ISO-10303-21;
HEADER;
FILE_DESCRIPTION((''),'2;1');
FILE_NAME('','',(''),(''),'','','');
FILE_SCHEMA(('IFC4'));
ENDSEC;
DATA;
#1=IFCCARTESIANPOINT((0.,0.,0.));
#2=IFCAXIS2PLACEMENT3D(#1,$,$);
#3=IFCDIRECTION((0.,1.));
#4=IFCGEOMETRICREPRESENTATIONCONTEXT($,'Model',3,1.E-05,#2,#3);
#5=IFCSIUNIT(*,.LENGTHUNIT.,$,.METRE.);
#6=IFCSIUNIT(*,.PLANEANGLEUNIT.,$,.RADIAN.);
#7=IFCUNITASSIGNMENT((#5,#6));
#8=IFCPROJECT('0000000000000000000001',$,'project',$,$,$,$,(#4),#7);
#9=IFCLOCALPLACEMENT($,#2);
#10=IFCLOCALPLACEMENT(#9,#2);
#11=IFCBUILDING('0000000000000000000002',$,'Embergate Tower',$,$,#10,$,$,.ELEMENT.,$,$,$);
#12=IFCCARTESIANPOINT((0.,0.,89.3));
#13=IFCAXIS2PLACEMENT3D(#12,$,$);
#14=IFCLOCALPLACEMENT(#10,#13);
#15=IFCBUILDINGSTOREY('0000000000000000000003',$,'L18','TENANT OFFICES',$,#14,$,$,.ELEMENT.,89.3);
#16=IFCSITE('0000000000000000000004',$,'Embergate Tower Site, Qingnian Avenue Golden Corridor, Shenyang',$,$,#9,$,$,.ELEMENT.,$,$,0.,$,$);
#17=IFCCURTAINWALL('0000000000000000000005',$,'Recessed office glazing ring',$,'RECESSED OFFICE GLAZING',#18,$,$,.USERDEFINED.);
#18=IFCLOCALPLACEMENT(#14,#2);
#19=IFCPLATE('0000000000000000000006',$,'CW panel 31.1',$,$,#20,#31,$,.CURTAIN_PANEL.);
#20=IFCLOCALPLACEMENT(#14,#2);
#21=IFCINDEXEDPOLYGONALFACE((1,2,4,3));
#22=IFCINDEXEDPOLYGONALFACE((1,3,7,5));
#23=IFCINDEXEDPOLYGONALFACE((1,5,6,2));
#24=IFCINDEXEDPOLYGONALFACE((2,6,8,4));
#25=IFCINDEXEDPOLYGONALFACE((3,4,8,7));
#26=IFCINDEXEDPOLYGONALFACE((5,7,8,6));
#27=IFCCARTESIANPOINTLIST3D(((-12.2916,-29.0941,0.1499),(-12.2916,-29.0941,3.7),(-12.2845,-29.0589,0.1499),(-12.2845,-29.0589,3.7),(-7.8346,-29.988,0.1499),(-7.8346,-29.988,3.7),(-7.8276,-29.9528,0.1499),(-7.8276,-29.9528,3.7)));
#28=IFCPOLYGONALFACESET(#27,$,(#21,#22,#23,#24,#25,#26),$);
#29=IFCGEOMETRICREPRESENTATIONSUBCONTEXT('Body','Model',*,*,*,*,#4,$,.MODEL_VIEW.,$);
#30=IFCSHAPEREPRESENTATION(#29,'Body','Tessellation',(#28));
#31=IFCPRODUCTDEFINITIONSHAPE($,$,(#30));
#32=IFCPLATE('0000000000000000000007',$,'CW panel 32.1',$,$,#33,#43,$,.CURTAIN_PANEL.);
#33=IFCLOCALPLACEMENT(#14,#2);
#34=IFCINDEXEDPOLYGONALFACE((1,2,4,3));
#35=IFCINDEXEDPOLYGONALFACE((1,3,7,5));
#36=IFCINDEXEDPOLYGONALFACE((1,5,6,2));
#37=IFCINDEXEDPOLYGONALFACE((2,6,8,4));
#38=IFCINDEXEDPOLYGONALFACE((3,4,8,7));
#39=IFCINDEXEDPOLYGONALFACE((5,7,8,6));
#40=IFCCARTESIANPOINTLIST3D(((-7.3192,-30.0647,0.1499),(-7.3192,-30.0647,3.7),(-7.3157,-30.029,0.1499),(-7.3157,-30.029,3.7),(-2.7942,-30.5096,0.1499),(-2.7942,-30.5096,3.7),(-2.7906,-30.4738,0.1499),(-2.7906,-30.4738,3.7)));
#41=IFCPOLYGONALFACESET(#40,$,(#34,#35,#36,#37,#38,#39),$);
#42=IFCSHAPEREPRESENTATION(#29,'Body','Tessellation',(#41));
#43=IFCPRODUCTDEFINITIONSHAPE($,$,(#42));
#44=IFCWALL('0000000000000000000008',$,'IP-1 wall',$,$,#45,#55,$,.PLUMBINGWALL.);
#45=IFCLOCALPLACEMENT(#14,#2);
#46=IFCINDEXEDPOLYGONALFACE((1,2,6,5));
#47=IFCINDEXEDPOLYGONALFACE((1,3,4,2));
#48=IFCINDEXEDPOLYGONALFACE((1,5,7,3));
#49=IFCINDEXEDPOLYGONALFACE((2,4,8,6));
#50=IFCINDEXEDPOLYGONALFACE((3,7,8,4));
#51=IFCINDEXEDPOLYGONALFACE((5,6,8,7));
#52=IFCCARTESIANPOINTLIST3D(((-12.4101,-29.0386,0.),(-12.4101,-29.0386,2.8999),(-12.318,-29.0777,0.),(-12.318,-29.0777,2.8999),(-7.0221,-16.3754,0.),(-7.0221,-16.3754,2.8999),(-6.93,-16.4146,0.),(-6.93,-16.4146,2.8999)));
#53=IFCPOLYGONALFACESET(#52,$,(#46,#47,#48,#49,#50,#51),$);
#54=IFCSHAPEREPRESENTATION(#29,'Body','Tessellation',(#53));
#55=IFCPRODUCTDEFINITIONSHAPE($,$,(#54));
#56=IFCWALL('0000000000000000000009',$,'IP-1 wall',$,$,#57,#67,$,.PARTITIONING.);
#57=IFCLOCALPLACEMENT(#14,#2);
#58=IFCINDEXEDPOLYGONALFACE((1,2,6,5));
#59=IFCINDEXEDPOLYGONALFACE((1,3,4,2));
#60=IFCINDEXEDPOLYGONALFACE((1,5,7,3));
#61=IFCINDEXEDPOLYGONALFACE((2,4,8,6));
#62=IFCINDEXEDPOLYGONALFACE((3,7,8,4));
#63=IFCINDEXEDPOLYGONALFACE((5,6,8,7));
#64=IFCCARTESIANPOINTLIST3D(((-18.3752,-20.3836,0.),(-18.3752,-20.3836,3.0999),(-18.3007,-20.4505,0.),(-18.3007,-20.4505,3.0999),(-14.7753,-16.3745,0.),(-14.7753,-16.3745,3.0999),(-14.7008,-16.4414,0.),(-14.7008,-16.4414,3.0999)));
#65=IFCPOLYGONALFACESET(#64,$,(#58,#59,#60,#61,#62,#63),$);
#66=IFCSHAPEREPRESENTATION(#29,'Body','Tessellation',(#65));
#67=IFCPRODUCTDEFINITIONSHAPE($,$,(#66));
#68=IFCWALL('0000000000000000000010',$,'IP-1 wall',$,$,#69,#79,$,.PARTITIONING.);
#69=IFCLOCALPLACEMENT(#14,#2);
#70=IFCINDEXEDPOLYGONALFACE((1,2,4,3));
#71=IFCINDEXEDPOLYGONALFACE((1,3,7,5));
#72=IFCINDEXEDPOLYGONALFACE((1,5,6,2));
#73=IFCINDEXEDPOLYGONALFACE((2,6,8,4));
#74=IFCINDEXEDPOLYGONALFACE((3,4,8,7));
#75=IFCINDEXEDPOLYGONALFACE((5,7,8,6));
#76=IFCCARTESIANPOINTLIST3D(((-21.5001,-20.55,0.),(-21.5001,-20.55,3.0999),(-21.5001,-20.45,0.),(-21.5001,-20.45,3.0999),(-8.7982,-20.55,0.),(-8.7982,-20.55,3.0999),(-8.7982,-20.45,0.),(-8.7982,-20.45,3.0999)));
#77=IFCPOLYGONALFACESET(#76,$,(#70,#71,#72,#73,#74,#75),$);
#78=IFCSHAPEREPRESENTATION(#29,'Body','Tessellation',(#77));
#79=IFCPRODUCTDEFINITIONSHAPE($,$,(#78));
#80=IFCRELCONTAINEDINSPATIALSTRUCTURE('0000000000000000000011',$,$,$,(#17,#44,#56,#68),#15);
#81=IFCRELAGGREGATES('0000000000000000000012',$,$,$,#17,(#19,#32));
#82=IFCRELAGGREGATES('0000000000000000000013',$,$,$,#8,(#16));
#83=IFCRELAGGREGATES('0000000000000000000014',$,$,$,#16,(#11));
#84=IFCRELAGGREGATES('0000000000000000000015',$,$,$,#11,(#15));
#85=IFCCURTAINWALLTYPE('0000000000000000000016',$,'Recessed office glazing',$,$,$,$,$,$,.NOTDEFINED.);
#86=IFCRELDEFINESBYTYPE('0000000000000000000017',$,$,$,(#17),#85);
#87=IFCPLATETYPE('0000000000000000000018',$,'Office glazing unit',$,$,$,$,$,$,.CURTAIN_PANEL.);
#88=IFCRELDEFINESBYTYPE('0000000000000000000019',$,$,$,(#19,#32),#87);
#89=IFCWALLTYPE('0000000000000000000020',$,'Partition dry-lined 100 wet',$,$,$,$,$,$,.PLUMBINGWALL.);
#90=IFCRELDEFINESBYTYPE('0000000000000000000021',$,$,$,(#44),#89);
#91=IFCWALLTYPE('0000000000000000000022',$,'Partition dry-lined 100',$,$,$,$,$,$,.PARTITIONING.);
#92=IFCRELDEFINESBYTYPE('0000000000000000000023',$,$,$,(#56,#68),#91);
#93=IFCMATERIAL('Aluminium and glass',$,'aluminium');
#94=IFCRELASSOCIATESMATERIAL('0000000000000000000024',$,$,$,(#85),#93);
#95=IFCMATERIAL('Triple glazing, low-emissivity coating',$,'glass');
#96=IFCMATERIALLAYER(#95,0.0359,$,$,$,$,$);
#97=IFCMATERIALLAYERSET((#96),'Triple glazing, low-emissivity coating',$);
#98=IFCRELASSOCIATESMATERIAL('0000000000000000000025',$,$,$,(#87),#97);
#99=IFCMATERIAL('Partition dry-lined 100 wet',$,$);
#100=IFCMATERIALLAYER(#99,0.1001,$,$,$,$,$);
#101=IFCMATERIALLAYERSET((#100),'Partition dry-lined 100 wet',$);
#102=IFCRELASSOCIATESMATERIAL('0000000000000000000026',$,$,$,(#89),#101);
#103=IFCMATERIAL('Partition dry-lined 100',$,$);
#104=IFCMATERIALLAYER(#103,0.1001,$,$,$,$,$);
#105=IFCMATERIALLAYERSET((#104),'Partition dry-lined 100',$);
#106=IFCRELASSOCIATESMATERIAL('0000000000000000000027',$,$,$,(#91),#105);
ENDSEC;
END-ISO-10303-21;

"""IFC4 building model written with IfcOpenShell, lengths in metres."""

from ifc_helpers import new_model, si_unit, direction, frame, frame_2d, origin, origin_2d, place, context, subcontext, project, spatial, rectangle, extrude, source, transform, mapped, material, layer, layer_set, type_object, element, aggregate, save


model = new_model("IFC4")

# Units and contexts
model_context = context("Model", 3, precision=1e-05, world=origin(), true_north=direction((0.0, 1.0)))
body_context = subcontext(model_context, "Body", "Model", "MODEL_VIEW")
ifc_project = project(units=[si_unit("LENGTHUNIT", "METRE"), si_unit("PLANEANGLEUNIT", "RADIAN")], contexts=[model_context])

# Site, building, storey
site_placement = place(None, origin())
site = spatial("IfcSite", under=ifc_project, at=site_placement, Name="Embergate Tower Site, Qingnian Avenue Golden Corridor, Shenyang", CompositionType="ELEMENT", RefElevation=0.0)
building_placement = place(site_placement, origin())
building = spatial("IfcBuilding", under=site, at=building_placement, Name="Embergate Tower", CompositionType="ELEMENT")
storey_placement = place(building_placement, frame((0.0, 0.0, 89.3)))
storey = spatial("IfcBuildingStorey", under=building, at=storey_placement, Name="L18", Description="TENANT OFFICES", CompositionType="ELEMENT", Elevation=89.3)

# Curtain wall
ifc_material_1 = material(Name="Aluminium and glass", Category="aluminium")
curtain_wall_type = type_object("IfcCurtainWallType", Name="Recessed office glazing", PredefinedType="NOTDEFINED", material=ifc_material_1)
curtain_wall_placement = place(storey_placement, origin())
curtain_wall = element("IfcCurtainWall", 1, at=curtain_wall_placement, inside=storey, type_object=curtain_wall_type, Name="Recessed office glazing ring", ObjectType="RECESSED OFFICE GLAZING", PredefinedType="USERDEFINED")

# Plates
ifc_material_2 = material(Name="Triple glazing, low-emissivity coating", Category="glass")
ifc_layer_1 = layer(ifc_material_2, 0.0359)
ifc_layer_set_1 = layer_set([ifc_layer_1], Name="Triple glazing, low-emissivity coating")
plate_type = type_object("IfcPlateType", Name="Office glazing unit", PredefinedType="CURTAIN_PANEL", material=ifc_layer_set_1)
shared_shape_1 = source(origin(), body_context, "Body", "SweptSolid", [
    extrude(rectangle(XDim=4.5457, YDim=0.0359, at=origin_2d()), origin(), (0.0, 0.0, 1.0), 3.55),
])
plate_1_placement = place(storey_placement, frame((-10.0596, -29.5234, 0.1499), z_axis=(0.0, 0.0, 1.0), x_axis=(0.980476, -0.196639, 0.0)))
plate_1 = element("IfcPlate", 2, at=plate_1_placement, type_object=plate_type, Name="CW panel 31.1", PredefinedType="CURTAIN_PANEL", context=body_context, shape_type="MappedRepresentation", body=[
    mapped(shared_shape_1, transform((0.0, 0.0, 0.0))),
])
shared_shape_2 = source(origin(), body_context, "Body", "SweptSolid", [
    extrude(rectangle(XDim=4.5469, YDim=0.0359, at=origin_2d()), origin(), (0.0, 0.0, 1.0), 3.55),
])
plate_2_placement = place(storey_placement, frame((-5.0549, -30.2693, 0.1499), z_axis=(0.0, 0.0, 1.0), x_axis=(0.995203, -0.09783, 0.0)))
plate_2 = element("IfcPlate", 3, at=plate_2_placement, type_object=plate_type, Name="CW panel 32.1", PredefinedType="CURTAIN_PANEL", context=body_context, shape_type="MappedRepresentation", body=[
    mapped(shared_shape_2, transform((0.0, 0.0, 0.0))),
])
aggregate(curtain_wall, [plate_1, plate_2])

# Walls
ifc_material_3 = material(Name="Partition dry-lined 100 wet")
ifc_layer_2 = layer(ifc_material_3, 0.1001)
ifc_layer_set_2 = layer_set([ifc_layer_2], Name="Partition dry-lined 100 wet")
wall_type_1 = type_object("IfcWallType", Name="Partition dry-lined 100 wet", PredefinedType="PLUMBINGWALL", material=ifc_layer_set_2)
shared_shape_3 = source(origin(), body_context, "Body", "SweptSolid", [
    extrude(rectangle(XDim=13.7617, YDim=0.1001, at=frame_2d((6.8809, 0.0))), origin(), (0.0, 0.0, 1.0), 2.8999),
])
wall_1_placement = place(storey_placement, frame((-6.9761, -16.395, 0.0), z_axis=(0.0, 0.0, 1.0), x_axis=(-0.391518, -0.920171, 0.0)))
element("IfcWall", 4, at=wall_1_placement, inside=storey, type_object=wall_type_1, Name="IP-1 wall", PredefinedType="PLUMBINGWALL", context=body_context, shape_type="MappedRepresentation", body=[
    mapped(shared_shape_3, transform((0.0, 0.0, 0.0))),
])
ifc_material_4 = material(Name="Partition dry-lined 100")
ifc_layer_3 = layer(ifc_material_4, 0.1001)
ifc_layer_set_3 = layer_set([ifc_layer_3], Name="Partition dry-lined 100")
wall_type_2 = type_object("IfcWallType", Name="Partition dry-lined 100", PredefinedType="PARTITIONING", material=ifc_layer_set_3)
shared_shape_4 = source(origin(), body_context, "Body", "SweptSolid", [
    extrude(rectangle(XDim=5.3882, YDim=0.1001, at=frame_2d((2.6941, 0.0))), origin(), (0.0, 0.0, 1.0), 3.0999),
])
wall_2_placement = place(storey_placement, frame((-14.738, -16.408, 0.0), z_axis=(0.0, 0.0, 1.0), x_axis=(-0.668116, -0.744057, 0.0)))
element("IfcWall", 5, at=wall_2_placement, inside=storey, type_object=wall_type_2, Name="IP-1 wall", PredefinedType="PARTITIONING", context=body_context, shape_type="MappedRepresentation", body=[
    mapped(shared_shape_4, transform((0.0, 0.0, 0.0))),
])
shared_shape_5 = source(origin(), body_context, "Body", "SweptSolid", [
    extrude(rectangle(XDim=12.7019, YDim=0.1001, at=frame_2d((6.3511, 0.0))), origin(), (0.0, 0.0, 1.0), 3.0999),
])
wall_3_placement = place(storey_placement, frame((-8.7981, -20.5, 0.0), z_axis=(0.0, 0.0, 1.0), x_axis=(-1.0, 0.0, 0.0)))
element("IfcWall", 6, at=wall_3_placement, inside=storey, type_object=wall_type_2, Name="IP-1 wall", PredefinedType="PARTITIONING", context=body_context, shape_type="MappedRepresentation", body=[
    mapped(shared_shape_5, transform((0.0, 0.0, 0.0))),
])

save(model, "model.ifc")
